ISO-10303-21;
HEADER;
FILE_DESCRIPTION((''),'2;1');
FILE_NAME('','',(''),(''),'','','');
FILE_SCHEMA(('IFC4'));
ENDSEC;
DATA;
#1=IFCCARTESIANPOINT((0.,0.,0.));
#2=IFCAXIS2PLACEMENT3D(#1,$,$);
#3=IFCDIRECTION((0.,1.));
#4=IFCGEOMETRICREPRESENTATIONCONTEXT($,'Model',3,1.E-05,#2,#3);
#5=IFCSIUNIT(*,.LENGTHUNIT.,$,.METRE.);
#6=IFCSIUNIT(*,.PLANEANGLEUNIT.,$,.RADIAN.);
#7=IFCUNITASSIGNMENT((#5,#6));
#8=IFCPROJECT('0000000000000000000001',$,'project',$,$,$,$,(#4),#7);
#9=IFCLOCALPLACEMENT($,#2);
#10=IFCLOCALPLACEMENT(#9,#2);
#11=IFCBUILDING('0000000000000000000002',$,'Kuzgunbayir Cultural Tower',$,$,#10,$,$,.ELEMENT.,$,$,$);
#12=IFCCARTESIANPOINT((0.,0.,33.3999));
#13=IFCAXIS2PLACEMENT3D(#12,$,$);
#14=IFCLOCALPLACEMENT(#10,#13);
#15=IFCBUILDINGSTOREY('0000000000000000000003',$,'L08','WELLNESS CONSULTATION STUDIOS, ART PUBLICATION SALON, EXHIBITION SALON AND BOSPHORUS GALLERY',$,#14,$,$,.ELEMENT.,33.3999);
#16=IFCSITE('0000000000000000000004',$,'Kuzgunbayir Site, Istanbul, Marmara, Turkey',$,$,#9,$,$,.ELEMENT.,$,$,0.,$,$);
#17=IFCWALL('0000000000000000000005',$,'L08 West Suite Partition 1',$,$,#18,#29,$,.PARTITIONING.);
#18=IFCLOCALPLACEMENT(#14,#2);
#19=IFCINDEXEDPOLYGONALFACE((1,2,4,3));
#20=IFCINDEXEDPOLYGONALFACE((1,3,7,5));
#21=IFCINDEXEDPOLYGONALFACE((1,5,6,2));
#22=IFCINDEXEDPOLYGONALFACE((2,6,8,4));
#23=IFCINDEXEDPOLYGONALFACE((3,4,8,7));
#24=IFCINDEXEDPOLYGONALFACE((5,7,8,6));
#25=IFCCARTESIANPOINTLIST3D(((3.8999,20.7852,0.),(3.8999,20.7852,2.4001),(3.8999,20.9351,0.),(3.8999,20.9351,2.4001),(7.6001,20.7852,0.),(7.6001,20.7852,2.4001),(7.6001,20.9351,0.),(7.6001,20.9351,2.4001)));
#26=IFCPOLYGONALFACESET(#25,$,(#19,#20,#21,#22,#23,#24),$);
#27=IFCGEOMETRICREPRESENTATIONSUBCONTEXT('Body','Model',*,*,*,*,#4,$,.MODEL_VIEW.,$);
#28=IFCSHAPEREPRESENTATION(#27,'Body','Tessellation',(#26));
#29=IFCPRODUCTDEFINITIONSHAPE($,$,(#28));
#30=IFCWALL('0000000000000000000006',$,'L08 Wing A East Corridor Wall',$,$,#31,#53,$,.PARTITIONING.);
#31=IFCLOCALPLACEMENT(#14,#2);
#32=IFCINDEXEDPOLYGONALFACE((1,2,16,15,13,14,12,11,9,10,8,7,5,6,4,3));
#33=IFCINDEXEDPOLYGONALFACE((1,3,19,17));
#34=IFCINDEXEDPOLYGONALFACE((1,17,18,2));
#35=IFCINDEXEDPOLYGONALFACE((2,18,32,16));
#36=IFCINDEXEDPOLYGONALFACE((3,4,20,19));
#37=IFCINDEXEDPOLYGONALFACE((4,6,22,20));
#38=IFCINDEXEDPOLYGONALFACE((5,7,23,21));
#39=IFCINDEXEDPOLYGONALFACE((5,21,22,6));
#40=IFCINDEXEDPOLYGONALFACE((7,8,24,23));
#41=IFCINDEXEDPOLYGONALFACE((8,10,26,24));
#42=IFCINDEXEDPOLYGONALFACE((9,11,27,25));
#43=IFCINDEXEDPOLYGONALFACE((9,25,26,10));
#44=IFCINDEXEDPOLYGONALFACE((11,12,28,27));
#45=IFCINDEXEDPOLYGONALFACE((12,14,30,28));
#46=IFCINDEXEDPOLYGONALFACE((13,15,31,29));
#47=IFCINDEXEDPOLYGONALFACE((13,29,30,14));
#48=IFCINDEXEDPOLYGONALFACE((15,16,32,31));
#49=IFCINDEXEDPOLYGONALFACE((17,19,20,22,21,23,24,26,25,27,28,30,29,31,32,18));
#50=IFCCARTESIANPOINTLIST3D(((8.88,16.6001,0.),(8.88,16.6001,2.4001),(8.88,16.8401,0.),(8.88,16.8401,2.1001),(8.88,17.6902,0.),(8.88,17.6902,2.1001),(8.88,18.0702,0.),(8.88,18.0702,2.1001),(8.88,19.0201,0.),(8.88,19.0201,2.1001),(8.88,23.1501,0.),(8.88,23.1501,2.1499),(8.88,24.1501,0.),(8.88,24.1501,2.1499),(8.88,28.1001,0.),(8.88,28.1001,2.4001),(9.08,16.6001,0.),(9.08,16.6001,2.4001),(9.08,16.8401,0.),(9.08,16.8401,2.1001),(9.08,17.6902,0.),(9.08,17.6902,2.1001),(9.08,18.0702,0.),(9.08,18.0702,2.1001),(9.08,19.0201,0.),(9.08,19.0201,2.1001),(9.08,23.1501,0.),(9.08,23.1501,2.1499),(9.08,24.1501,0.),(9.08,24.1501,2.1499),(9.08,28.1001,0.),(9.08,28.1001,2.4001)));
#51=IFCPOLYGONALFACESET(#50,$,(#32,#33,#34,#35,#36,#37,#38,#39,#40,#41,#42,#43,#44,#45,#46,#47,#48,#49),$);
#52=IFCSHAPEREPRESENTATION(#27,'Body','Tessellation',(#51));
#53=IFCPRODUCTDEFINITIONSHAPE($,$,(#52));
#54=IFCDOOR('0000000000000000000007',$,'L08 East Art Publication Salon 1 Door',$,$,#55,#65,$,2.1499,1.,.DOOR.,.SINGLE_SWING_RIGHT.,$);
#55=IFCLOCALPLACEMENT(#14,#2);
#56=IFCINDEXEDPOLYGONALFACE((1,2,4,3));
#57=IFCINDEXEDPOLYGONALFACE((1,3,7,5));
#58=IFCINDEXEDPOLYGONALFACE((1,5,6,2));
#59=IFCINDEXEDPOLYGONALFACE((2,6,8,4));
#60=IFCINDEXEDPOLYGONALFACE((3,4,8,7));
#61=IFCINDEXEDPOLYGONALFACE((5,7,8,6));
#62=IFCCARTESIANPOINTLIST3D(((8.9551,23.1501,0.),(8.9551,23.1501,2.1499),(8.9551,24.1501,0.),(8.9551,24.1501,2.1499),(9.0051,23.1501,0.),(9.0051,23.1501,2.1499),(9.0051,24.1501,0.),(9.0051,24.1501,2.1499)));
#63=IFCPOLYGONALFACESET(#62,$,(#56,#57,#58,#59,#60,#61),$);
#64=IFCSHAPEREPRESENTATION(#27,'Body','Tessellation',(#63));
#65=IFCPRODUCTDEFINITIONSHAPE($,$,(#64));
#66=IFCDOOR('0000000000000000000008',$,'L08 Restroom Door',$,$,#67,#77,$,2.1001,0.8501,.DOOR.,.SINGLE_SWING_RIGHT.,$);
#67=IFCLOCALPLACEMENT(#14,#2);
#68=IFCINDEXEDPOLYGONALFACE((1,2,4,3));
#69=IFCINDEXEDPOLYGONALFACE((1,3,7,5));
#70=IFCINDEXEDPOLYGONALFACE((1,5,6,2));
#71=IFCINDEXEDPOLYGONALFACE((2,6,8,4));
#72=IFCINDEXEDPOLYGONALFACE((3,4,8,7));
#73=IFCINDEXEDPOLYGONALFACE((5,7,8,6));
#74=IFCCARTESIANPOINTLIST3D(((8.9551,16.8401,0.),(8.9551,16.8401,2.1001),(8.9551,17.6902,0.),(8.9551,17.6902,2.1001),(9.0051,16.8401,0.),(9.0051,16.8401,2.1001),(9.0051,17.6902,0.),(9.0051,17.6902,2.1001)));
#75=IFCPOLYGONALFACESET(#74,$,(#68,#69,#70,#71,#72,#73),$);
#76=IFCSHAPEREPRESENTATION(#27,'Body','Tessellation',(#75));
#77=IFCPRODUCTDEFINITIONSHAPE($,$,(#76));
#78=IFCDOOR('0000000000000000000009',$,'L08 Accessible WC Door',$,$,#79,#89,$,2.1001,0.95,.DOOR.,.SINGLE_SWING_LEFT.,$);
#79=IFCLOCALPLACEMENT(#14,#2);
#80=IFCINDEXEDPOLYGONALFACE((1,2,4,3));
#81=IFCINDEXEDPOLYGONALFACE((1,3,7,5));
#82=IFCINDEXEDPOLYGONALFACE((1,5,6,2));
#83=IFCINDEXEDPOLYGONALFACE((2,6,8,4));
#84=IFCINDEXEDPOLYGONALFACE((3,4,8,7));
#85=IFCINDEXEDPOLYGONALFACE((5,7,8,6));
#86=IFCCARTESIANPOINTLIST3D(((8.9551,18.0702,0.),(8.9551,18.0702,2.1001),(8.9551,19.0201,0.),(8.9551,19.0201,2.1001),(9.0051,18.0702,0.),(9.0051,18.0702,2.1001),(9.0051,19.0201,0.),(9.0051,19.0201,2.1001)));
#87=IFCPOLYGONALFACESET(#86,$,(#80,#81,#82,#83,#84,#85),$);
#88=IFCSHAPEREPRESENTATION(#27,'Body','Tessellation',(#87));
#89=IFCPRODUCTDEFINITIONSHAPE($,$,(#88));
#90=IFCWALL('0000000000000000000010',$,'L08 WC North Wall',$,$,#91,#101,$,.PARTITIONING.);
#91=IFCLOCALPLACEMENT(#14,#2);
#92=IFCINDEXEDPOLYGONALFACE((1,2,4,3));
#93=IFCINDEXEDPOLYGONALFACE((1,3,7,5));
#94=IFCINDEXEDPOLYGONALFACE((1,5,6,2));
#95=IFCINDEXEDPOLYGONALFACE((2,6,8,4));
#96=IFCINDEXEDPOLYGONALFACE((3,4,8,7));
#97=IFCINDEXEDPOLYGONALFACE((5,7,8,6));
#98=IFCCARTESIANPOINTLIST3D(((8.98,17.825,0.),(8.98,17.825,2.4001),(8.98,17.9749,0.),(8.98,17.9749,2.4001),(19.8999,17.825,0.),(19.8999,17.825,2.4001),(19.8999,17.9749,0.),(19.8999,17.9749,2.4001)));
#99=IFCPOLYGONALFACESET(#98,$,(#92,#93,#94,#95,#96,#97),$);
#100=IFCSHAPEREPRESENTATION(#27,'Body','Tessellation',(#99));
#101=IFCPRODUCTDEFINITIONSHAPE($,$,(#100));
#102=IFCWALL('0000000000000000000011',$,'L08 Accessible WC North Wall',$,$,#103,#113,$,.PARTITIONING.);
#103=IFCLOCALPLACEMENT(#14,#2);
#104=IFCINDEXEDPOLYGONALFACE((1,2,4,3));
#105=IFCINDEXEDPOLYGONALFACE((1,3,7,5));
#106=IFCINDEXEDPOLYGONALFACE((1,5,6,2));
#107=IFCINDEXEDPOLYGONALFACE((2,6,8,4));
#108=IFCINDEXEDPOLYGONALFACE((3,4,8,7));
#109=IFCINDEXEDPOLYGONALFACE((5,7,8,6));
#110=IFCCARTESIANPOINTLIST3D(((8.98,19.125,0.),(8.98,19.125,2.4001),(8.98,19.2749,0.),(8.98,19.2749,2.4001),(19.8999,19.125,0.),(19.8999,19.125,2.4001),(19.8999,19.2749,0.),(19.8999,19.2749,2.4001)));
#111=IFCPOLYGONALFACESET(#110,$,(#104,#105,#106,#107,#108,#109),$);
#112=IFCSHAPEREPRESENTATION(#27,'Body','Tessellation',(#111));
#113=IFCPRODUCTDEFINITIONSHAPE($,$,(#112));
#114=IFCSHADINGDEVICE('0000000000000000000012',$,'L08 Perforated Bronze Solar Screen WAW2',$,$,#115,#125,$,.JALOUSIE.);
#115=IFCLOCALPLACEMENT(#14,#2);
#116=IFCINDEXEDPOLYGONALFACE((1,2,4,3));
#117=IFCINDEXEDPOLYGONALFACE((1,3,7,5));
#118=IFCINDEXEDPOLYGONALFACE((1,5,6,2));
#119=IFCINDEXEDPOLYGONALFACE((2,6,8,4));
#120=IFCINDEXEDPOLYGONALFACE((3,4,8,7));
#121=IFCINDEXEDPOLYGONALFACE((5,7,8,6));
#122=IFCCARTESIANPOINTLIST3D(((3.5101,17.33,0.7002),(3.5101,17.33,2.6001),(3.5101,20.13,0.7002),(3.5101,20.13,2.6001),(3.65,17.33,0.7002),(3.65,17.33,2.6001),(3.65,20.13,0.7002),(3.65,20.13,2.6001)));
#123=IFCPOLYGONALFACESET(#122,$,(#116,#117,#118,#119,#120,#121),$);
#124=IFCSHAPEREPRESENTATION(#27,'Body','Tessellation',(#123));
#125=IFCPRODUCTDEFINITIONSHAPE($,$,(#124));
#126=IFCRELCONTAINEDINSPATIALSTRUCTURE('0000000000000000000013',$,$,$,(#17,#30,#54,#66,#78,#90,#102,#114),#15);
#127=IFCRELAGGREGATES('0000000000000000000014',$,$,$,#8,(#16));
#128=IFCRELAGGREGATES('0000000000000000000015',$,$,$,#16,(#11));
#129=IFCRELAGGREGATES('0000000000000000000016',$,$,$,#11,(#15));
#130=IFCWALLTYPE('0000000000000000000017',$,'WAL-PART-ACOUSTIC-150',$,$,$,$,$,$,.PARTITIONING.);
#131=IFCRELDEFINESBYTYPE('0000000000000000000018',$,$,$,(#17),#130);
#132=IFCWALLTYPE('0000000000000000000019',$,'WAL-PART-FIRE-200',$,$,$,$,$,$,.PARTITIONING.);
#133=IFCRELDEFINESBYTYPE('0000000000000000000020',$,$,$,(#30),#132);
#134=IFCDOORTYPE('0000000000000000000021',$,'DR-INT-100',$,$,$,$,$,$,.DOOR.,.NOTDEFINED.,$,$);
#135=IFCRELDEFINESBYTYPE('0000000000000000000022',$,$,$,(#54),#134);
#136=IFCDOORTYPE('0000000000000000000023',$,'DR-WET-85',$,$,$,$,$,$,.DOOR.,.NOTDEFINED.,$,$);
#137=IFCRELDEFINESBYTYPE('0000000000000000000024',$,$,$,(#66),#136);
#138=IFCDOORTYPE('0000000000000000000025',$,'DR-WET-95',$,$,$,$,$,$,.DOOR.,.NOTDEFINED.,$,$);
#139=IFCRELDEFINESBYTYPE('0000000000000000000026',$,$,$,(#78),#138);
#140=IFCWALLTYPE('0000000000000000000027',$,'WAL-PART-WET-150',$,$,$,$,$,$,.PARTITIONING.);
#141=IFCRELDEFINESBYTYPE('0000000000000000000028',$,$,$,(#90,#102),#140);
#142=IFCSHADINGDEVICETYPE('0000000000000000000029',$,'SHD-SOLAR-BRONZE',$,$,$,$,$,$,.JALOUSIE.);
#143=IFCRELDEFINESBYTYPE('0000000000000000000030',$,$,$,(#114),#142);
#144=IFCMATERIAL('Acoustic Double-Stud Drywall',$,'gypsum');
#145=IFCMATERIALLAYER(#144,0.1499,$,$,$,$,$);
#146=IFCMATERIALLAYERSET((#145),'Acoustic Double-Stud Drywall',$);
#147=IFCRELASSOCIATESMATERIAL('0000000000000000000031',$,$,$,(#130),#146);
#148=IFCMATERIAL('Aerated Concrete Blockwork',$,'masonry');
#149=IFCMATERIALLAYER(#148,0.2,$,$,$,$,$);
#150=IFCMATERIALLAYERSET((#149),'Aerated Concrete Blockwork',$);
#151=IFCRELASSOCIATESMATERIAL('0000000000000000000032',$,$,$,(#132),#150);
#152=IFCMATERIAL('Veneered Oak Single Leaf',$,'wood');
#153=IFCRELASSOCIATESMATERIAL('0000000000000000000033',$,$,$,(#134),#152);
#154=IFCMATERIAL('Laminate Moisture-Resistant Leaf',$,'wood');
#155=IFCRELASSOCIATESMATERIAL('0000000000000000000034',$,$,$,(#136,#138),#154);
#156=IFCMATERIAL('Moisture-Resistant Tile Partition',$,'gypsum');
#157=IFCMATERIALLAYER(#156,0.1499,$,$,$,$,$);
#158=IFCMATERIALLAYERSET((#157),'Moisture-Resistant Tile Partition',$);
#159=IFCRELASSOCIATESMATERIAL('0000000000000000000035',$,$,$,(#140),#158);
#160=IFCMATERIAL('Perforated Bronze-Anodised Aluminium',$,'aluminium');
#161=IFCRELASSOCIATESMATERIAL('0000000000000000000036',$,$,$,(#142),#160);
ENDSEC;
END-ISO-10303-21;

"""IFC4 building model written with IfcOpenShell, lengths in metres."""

from ifc_helpers import new_model, si_unit, direction, frame, frame_2d, origin, origin_2d, place, context, subcontext, project, spatial, rectangle, extrude, material, layer, layer_set, type_object, element, fill, save


model = new_model("IFC4")

# Units and contexts
model_context = context("Model", 3, precision=1e-05, world=origin(), true_north=direction((0.0, 1.0)))
body_context = subcontext(model_context, "Body", "Model", "MODEL_VIEW")
ifc_project = project(units=[si_unit("LENGTHUNIT", "METRE"), si_unit("PLANEANGLEUNIT", "RADIAN")], contexts=[model_context])

# Site, building, storey
site_placement = place(None, origin())
site = spatial("IfcSite", under=ifc_project, at=site_placement, Name="Kuzgunbayir Site, Istanbul, Marmara, Turkey", CompositionType="ELEMENT", RefElevation=0.0)
building_placement = place(site_placement, origin())
building = spatial("IfcBuilding", under=site, at=building_placement, Name="Kuzgunbayir Cultural Tower", CompositionType="ELEMENT")
storey_placement = place(building_placement, frame((0.0, 0.0, 33.3999)))
storey = spatial("IfcBuildingStorey", under=building, at=storey_placement, Name="L08", Description="WELLNESS CONSULTATION STUDIOS, ART PUBLICATION SALON, EXHIBITION SALON AND BOSPHORUS GALLERY", CompositionType="ELEMENT", Elevation=33.3999)

# Wall
ifc_material_1 = material(Name="Acoustic Double-Stud Drywall", Category="gypsum")
ifc_layer_1 = layer(ifc_material_1, 0.1499)
ifc_layer_set_1 = layer_set([ifc_layer_1], Name="Acoustic Double-Stud Drywall")
wall_type_1 = type_object("IfcWallType", Name="WAL-PART-ACOUSTIC-150", PredefinedType="PARTITIONING", material=ifc_layer_set_1)
wall_1_placement = place(storey_placement, frame((3.8999, 20.8601, 0.0), z_axis=(0.0, 0.0, 1.0), x_axis=(1.0, 0.0, 0.0)))
element("IfcWall", 1, at=wall_1_placement, inside=storey, type_object=wall_type_1, Name="L08 West Suite Partition 1", PredefinedType="PARTITIONING", context=body_context, shape_type="SweptSolid", body=[
    extrude(rectangle(XDim=3.7002, YDim=0.1499, at=frame_2d((1.8501, 0.0))), origin(), (0.0, 0.0, 1.0), 2.4001),
])

# Wall, openings, doors
ifc_material_2 = material(Name="Aerated Concrete Blockwork", Category="masonry")
ifc_layer_2 = layer(ifc_material_2, 0.2)
ifc_layer_set_2 = layer_set([ifc_layer_2], Name="Aerated Concrete Blockwork")
wall_type_2 = type_object("IfcWallType", Name="WAL-PART-FIRE-200", PredefinedType="PARTITIONING", material=ifc_layer_set_2)
ifc_material_3 = material(Name="Veneered Oak Single Leaf", Category="wood")
wall_2_placement = place(storey_placement, frame((8.98, 16.6001, 0.0), z_axis=(0.0, 0.0, 1.0), x_axis=(0.0, 1.0, 0.0)))
wall_2 = element("IfcWall", 2, at=wall_2_placement, inside=storey, type_object=wall_type_2, Name="L08 Wing A East Corridor Wall", PredefinedType="PARTITIONING", context=body_context, shape_type="SweptSolid", body=[
    extrude(rectangle(XDim=11.5, YDim=0.2, at=frame_2d((5.75, 0.0))), origin(), (0.0, 0.0, 1.0), 2.4001),
])
opening_1_placement = place(wall_2_placement, frame((0.24, 0.0, 0.0)))
opening_1 = element("IfcOpeningElement", 3, at=opening_1_placement, cuts=wall_2, PredefinedType="OPENING", context=body_context, shape_type="SweptSolid", body=[
    extrude(rectangle(XDim=0.8501, YDim=2.1001, at=frame_2d((0.425, 1.05))), frame((0.0, 0.1099, 0.0), z_axis=(0.0, -1.0, 0.0), x_axis=(1.0, 0.0, 0.0)), (0.0, 0.0, 1.0), 0.22),
])
opening_2_placement = place(wall_2_placement, frame((1.47, 0.0, 0.0)))
opening_2 = element("IfcOpeningElement", 4, at=opening_2_placement, cuts=wall_2, PredefinedType="OPENING", context=body_context, shape_type="SweptSolid", body=[
    extrude(rectangle(XDim=0.95, YDim=2.1001, at=frame_2d((0.4751, 1.05))), frame((0.0, 0.1099, 0.0), z_axis=(0.0, -1.0, 0.0), x_axis=(1.0, 0.0, 0.0)), (0.0, 0.0, 1.0), 0.22),
])
opening_3_placement = place(wall_2_placement, frame((6.55, 0.0, 0.0)))
opening_3 = element("IfcOpeningElement", 5, at=opening_3_placement, cuts=wall_2, PredefinedType="OPENING", context=body_context, shape_type="SweptSolid", body=[
    extrude(rectangle(XDim=1.0, YDim=2.1499, at=frame_2d((0.5, 1.075))), frame((0.0, 0.1099, 0.0), z_axis=(0.0, -1.0, 0.0), x_axis=(1.0, 0.0, 0.0)), (0.0, 0.0, 1.0), 0.22),
])
door_type_1 = type_object("IfcDoorType", Name="DR-INT-100", OperationType="NOTDEFINED", PredefinedType="DOOR", material=ifc_material_3)
door_1_placement = place(opening_3_placement, origin())
door_1 = element("IfcDoor", 6, at=door_1_placement, inside=storey, type_object=door_type_1, Name="L08 East Art Publication Salon 1 Door", OperationType="SINGLE_SWING_RIGHT", OverallHeight=2.1499, OverallWidth=1.0, PredefinedType="DOOR", context=body_context, shape_type="SweptSolid", body=[
    extrude(rectangle(XDim=1.0, YDim=2.1499, at=frame_2d((0.5, 1.075))), frame((0.0, 0.0249, 0.0), z_axis=(0.0, -1.0, 0.0), x_axis=(1.0, 0.0, 0.0)), (0.0, 0.0, 1.0), 0.05),
])
fill(opening_3, door_1)
ifc_material_4 = material(Name="Laminate Moisture-Resistant Leaf", Category="wood")
door_type_2 = type_object("IfcDoorType", Name="DR-WET-85", OperationType="NOTDEFINED", PredefinedType="DOOR", material=ifc_material_4)
door_2_placement = place(opening_1_placement, origin())
door_2 = element("IfcDoor", 7, at=door_2_placement, inside=storey, type_object=door_type_2, Name="L08 Restroom Door", OperationType="SINGLE_SWING_RIGHT", OverallHeight=2.1001, OverallWidth=0.8501, PredefinedType="DOOR", context=body_context, shape_type="SweptSolid", body=[
    extrude(rectangle(XDim=0.8501, YDim=2.1001, at=frame_2d((0.425, 1.05))), frame((0.0, 0.0249, 0.0), z_axis=(0.0, -1.0, 0.0), x_axis=(1.0, 0.0, 0.0)), (0.0, 0.0, 1.0), 0.05),
])
fill(opening_1, door_2)
door_type_3 = type_object("IfcDoorType", Name="DR-WET-95", OperationType="NOTDEFINED", PredefinedType="DOOR", material=ifc_material_4)
door_3_placement = place(opening_2_placement, origin())
door_3 = element("IfcDoor", 8, at=door_3_placement, inside=storey, type_object=door_type_3, Name="L08 Accessible WC Door", OperationType="SINGLE_SWING_LEFT", OverallHeight=2.1001, OverallWidth=0.95, PredefinedType="DOOR", context=body_context, shape_type="SweptSolid", body=[
    extrude(rectangle(XDim=0.95, YDim=2.1001, at=frame_2d((0.4751, 1.05))), frame((0.0, 0.0249, 0.0), z_axis=(0.0, -1.0, 0.0), x_axis=(1.0, 0.0, 0.0)), (0.0, 0.0, 1.0), 0.05),
])
fill(opening_2, door_3)

# Walls
ifc_material_5 = material(Name="Moisture-Resistant Tile Partition", Category="gypsum")
ifc_layer_3 = layer(ifc_material_5, 0.1499)
ifc_layer_set_3 = layer_set([ifc_layer_3], Name="Moisture-Resistant Tile Partition")
wall_type_3 = type_object("IfcWallType", Name="WAL-PART-WET-150", PredefinedType="PARTITIONING", material=ifc_layer_set_3)
for number, where, z_axis, x_axis, name in (
    (9, (8.98, 17.8999, 0.0), (0.0, 0.0, 1.0), (1.0, 0.0, 0.0), "L08 WC North Wall"),
    (10, (8.98, 19.2, 0.0), (0.0, 0.0, 1.0), (1.0, 0.0, 0.0), "L08 Accessible WC North Wall"),
):
    element("IfcWall", number, at=place(storey_placement, frame(where, z_axis=z_axis, x_axis=x_axis)), inside=storey, type_object=wall_type_3, Name=name, PredefinedType="PARTITIONING", context=body_context, shape_type="SweptSolid", body=[
        extrude(rectangle(XDim=10.9199, YDim=0.1499, at=frame_2d((5.46, 0.0))), origin(), (0.0, 0.0, 1.0), 2.4001),
    ])

# Shading device
ifc_material_6 = material(Name="Perforated Bronze-Anodised Aluminium", Category="aluminium")
shading_device_type = type_object("IfcShadingDeviceType", Name="SHD-SOLAR-BRONZE", PredefinedType="JALOUSIE", material=ifc_material_6)
shading_device_placement = place(storey_placement, frame((3.5801, 18.73, 0.7002), z_axis=(0.0, 0.0, 1.0), x_axis=(1.0, 0.0, 0.0)))
element("IfcShadingDevice", 11, at=shading_device_placement, inside=storey, type_object=shading_device_type, Name="L08 Perforated Bronze Solar Screen WAW2", PredefinedType="JALOUSIE", context=body_context, shape_type="SweptSolid", body=[
    extrude(rectangle(XDim=0.1399, YDim=2.8, at=origin_2d()), origin(), (0.0, 0.0, 1.0), 1.8999),
])

save(model, "model.ifc")
